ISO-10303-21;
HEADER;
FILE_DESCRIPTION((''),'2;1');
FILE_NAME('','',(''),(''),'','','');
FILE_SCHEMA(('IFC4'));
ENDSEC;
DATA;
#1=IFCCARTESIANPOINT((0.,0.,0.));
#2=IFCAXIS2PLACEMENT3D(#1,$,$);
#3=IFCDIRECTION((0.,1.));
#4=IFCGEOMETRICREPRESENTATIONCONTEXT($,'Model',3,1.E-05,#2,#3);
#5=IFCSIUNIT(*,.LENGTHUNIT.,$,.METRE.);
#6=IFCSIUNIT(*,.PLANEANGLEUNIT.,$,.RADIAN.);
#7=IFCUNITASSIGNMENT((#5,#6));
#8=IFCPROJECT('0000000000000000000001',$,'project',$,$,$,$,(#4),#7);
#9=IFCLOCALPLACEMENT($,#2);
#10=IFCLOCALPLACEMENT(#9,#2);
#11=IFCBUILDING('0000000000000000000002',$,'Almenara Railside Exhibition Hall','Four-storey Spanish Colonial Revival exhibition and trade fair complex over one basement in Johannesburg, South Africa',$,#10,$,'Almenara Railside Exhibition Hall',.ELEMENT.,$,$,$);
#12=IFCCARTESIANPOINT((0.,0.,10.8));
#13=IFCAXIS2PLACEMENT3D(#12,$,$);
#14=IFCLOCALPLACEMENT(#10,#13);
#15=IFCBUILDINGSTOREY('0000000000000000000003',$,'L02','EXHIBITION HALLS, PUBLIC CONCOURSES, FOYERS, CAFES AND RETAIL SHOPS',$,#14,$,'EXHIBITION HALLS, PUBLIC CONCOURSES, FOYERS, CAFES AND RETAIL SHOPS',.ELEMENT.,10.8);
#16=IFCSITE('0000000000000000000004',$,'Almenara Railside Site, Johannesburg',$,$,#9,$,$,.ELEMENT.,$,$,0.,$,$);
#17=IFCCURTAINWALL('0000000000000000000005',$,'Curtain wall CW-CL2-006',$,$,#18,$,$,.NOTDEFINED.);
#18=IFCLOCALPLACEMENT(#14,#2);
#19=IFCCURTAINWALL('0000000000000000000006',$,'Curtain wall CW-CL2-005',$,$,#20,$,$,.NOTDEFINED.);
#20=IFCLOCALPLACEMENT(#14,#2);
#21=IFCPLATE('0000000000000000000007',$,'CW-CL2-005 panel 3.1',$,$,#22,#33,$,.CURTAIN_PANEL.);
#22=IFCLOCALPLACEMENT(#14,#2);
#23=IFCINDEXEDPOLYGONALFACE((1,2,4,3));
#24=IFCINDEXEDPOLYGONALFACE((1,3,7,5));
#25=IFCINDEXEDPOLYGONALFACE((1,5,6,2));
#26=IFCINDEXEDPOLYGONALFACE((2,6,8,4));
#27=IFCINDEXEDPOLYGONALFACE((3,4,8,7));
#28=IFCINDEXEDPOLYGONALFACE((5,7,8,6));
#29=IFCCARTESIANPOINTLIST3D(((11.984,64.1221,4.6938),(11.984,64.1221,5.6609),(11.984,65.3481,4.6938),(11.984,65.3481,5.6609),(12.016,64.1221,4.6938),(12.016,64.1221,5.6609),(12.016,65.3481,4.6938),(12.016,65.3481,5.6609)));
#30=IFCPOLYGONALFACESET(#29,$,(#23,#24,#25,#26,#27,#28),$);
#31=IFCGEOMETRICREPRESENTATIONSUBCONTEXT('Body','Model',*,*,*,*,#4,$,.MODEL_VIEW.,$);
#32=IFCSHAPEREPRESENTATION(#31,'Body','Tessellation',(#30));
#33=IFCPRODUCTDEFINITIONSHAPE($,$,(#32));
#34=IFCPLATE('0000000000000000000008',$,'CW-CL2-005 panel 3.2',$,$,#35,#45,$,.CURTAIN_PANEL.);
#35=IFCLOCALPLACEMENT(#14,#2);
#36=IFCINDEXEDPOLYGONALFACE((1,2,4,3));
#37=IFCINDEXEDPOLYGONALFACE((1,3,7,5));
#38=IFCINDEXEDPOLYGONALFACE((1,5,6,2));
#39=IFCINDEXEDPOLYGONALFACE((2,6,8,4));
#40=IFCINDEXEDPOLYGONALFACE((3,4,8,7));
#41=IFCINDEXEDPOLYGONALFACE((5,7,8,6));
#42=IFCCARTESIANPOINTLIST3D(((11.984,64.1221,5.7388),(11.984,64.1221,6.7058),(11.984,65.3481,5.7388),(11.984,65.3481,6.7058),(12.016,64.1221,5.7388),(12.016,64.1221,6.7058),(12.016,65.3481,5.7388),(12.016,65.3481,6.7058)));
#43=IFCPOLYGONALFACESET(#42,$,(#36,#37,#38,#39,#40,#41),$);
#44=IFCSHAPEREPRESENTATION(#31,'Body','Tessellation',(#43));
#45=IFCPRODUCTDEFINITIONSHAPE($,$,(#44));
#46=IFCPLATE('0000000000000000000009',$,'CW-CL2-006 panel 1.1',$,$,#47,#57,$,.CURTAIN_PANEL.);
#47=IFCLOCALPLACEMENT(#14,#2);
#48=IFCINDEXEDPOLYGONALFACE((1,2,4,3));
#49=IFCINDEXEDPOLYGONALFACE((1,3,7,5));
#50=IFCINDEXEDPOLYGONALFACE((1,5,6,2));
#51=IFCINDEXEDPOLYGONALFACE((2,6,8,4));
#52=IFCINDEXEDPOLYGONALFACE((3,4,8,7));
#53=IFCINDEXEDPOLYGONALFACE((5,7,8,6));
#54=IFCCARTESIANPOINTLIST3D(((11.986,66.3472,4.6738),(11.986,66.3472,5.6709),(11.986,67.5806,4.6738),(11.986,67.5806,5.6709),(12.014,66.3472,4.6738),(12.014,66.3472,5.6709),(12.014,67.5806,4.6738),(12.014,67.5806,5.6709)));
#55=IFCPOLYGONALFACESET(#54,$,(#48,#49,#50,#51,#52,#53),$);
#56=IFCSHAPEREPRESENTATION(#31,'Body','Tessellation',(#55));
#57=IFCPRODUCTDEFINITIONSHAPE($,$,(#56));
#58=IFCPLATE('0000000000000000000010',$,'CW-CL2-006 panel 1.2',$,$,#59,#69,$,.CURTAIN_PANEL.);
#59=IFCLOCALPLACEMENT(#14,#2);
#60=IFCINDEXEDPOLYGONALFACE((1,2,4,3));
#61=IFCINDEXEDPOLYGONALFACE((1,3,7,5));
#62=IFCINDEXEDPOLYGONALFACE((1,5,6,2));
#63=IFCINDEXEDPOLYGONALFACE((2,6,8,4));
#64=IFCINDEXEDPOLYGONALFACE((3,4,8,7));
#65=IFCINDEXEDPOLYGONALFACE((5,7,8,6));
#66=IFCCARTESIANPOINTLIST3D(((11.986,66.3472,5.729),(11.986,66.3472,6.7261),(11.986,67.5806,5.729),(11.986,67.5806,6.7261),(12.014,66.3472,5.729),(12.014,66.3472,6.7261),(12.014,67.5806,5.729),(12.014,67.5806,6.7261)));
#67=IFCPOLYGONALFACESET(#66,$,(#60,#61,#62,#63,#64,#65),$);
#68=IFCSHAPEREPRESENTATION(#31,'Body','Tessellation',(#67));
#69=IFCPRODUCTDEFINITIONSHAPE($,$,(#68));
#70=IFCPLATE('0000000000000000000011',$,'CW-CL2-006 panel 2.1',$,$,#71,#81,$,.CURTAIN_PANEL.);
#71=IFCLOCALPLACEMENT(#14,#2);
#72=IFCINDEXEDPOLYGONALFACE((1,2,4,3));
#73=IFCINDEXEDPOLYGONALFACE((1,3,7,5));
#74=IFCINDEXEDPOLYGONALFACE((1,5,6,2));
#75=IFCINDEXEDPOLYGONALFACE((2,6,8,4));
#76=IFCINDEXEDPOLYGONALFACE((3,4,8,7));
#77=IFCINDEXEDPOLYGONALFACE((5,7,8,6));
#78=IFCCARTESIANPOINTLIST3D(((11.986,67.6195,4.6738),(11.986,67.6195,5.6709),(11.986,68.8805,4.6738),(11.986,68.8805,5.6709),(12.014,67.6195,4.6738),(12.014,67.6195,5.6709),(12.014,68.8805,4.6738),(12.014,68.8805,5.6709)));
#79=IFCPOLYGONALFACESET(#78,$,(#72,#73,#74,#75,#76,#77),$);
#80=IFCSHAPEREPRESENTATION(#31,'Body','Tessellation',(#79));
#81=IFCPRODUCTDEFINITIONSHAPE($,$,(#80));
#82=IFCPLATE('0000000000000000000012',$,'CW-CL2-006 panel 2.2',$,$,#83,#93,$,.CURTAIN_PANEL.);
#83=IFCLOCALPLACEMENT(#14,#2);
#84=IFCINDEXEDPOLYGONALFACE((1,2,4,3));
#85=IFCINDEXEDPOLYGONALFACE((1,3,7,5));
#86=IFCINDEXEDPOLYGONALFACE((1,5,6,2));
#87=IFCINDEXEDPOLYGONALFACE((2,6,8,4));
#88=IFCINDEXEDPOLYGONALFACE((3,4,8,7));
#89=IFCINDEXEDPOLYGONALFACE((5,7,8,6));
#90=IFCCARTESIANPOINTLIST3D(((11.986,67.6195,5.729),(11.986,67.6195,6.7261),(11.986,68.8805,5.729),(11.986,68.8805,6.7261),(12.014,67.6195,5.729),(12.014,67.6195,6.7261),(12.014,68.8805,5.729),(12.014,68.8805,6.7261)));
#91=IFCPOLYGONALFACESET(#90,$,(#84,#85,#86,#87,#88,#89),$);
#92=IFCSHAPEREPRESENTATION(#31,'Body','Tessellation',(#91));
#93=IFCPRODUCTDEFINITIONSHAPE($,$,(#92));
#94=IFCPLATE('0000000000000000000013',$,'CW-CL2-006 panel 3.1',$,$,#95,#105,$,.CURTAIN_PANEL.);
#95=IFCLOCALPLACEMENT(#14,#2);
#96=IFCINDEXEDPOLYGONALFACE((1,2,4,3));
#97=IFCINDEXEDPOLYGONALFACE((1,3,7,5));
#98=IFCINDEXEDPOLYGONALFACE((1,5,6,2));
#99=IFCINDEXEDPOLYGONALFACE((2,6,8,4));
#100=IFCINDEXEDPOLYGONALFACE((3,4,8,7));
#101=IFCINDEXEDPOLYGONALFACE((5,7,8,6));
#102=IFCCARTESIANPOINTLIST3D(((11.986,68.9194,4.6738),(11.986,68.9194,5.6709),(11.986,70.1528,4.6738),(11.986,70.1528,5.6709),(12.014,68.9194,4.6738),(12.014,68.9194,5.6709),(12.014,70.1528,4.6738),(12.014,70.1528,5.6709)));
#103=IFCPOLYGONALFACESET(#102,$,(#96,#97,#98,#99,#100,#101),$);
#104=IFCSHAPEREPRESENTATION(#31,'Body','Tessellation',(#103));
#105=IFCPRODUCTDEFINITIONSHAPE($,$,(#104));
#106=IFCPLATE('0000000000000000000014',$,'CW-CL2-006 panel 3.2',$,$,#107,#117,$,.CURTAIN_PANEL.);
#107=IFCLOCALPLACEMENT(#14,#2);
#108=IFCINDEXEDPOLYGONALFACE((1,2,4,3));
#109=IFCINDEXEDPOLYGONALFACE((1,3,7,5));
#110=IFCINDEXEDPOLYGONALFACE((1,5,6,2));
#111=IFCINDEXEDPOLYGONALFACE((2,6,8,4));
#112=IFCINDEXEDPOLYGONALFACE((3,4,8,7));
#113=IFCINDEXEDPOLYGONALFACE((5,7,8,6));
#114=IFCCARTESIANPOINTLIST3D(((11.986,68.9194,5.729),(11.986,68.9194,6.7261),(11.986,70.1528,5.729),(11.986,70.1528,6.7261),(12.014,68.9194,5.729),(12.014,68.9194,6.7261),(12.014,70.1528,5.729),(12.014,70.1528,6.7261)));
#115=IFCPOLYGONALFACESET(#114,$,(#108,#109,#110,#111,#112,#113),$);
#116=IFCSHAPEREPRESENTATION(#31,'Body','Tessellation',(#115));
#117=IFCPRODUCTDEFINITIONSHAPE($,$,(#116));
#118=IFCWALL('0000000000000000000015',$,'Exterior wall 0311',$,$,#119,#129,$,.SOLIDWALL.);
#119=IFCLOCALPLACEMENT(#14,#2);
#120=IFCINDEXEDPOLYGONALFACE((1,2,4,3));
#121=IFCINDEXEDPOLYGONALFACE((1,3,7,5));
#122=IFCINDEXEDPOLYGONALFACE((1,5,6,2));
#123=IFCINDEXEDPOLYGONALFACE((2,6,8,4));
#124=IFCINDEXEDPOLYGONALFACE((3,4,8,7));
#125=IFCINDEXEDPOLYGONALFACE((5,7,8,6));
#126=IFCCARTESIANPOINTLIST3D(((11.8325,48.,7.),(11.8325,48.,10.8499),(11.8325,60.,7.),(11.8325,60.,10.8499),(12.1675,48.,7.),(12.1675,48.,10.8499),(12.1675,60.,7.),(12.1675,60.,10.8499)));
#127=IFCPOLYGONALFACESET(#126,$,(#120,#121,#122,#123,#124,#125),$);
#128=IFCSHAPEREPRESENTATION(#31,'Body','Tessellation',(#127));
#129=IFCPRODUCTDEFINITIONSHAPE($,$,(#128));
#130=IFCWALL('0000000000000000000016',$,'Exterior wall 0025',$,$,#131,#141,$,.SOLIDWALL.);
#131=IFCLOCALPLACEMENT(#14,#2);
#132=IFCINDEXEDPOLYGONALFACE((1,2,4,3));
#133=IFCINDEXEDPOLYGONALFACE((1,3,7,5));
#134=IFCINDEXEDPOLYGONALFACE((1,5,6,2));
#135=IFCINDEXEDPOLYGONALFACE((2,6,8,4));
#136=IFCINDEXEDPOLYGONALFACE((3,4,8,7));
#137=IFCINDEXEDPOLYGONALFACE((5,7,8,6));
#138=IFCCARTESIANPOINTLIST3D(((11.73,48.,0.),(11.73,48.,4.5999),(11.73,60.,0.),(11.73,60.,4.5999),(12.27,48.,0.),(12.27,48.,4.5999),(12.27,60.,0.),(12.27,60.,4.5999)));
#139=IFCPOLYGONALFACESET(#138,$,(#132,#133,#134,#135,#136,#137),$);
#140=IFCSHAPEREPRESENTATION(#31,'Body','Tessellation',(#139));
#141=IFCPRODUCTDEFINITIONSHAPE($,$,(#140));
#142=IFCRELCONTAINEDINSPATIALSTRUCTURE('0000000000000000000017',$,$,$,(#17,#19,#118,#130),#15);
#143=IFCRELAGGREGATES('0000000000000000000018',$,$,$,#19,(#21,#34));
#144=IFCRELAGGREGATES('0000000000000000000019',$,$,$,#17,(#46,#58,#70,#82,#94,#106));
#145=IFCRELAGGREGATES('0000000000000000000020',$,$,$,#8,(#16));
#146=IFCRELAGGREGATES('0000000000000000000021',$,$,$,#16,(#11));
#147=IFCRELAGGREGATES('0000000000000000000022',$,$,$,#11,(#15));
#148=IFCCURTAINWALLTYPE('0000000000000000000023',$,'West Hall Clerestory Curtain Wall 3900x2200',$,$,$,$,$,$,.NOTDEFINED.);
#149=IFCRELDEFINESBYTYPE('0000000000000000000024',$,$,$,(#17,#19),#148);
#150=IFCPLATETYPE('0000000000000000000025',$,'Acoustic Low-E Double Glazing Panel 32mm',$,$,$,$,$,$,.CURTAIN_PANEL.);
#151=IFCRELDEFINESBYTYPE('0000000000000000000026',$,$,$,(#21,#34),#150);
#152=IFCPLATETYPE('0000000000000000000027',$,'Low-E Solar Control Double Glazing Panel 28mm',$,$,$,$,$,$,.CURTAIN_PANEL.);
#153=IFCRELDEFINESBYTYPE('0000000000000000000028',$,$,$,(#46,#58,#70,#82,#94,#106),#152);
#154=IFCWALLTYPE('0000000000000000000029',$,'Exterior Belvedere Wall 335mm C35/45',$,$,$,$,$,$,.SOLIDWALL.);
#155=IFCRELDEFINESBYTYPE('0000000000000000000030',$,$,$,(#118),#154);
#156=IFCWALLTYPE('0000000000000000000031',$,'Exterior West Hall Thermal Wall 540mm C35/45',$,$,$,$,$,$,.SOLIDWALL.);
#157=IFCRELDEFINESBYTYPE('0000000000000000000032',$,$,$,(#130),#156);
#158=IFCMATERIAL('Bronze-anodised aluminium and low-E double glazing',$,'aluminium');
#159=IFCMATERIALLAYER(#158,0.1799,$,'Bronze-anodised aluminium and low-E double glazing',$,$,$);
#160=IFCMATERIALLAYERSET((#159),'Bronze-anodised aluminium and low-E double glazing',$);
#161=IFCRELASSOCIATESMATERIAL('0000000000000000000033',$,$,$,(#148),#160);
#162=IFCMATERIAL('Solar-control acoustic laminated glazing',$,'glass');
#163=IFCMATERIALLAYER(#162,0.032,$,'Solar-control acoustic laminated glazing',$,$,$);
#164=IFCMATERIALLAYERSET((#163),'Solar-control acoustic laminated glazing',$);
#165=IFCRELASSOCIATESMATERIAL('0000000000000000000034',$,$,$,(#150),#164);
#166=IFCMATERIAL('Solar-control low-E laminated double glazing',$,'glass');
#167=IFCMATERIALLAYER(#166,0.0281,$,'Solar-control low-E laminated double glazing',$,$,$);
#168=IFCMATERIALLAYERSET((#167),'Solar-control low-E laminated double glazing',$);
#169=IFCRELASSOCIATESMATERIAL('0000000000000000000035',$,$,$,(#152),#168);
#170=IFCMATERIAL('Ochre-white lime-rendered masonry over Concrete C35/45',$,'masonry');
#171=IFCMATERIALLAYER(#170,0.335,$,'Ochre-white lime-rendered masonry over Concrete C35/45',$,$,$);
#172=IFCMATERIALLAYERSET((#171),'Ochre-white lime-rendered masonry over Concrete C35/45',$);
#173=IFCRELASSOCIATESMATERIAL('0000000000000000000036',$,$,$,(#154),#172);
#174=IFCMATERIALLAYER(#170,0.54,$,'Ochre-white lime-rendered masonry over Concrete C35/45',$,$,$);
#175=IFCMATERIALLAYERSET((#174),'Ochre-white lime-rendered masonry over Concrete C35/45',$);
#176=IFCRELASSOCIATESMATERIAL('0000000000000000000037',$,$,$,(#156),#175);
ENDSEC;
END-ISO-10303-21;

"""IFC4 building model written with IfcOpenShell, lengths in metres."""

from ifc_helpers import new_model, si_unit, direction, frame, frame_2d, origin, origin_2d, place, context, subcontext, project, spatial, rectangle, extrude, material, layer, layer_set, type_object, element, aggregate, save


model = new_model("IFC4")

# Units and contexts
model_context = context("Model", 3, precision=1e-05, world=origin(), true_north=direction((0.0, 1.0)))
body_context = subcontext(model_context, "Body", "Model", "MODEL_VIEW")
ifc_project = project(units=[si_unit("LENGTHUNIT", "METRE"), si_unit("PLANEANGLEUNIT", "RADIAN")], contexts=[model_context])

# Site, building, storey
site_placement = place(None, origin())
site = spatial("IfcSite", under=ifc_project, at=site_placement, Name="Almenara Railside Site, Johannesburg", CompositionType="ELEMENT", RefElevation=0.0)
building_placement = place(site_placement, origin())
building = spatial("IfcBuilding", under=site, at=building_placement, Name="Almenara Railside Exhibition Hall", Description="Four-storey Spanish Colonial Revival exhibition and trade fair complex over one basement in Johannesburg, South Africa", LongName="Almenara Railside Exhibition Hall", CompositionType="ELEMENT")
storey_placement = place(building_placement, frame((0.0, 0.0, 10.8)))
storey = spatial("IfcBuildingStorey", under=building, at=storey_placement, Name="L02", Description="EXHIBITION HALLS, PUBLIC CONCOURSES, FOYERS, CAFES AND RETAIL SHOPS", LongName="EXHIBITION HALLS, PUBLIC CONCOURSES, FOYERS, CAFES AND RETAIL SHOPS", CompositionType="ELEMENT", Elevation=10.8)

# Curtain walls
ifc_material_1 = material(Name="Bronze-anodised aluminium and low-E double glazing", Category="aluminium")
ifc_layer_1 = layer(ifc_material_1, 0.1799, Name="Bronze-anodised aluminium and low-E double glazing")
ifc_layer_set_1 = layer_set([ifc_layer_1], Name="Bronze-anodised aluminium and low-E double glazing")
curtain_wall_type = type_object("IfcCurtainWallType", Name="West Hall Clerestory Curtain Wall 3900x2200", PredefinedType="NOTDEFINED", material=ifc_layer_set_1)
curtain_wall_1_placement = place(storey_placement, origin())
curtain_wall_1 = element("IfcCurtainWall", 1, at=curtain_wall_1_placement, inside=storey, type_object=curtain_wall_type, Name="Curtain wall CW-CL2-006", PredefinedType="NOTDEFINED")
curtain_wall_2_placement = place(storey_placement, origin())
curtain_wall_2 = element("IfcCurtainWall", 2, at=curtain_wall_2_placement, inside=storey, type_object=curtain_wall_type, Name="Curtain wall CW-CL2-005", PredefinedType="NOTDEFINED")

# Plates
ifc_material_2 = material(Name="Solar-control acoustic laminated glazing", Category="glass")
ifc_layer_2 = layer(ifc_material_2, 0.032, Name="Solar-control acoustic laminated glazing")
ifc_layer_set_2 = layer_set([ifc_layer_2], Name="Solar-control acoustic laminated glazing")
plate_type_1 = type_object("IfcPlateType", Name="Acoustic Low-E Double Glazing Panel 32mm", PredefinedType="CURTAIN_PANEL", material=ifc_layer_set_2)
plate_1_placement = place(storey_placement, frame((12.0, 64.7351, 4.6938), z_axis=(0.0, 0.0, 1.0), x_axis=(0.0, 1.0, 0.0)))
plate_1 = element("IfcPlate", 3, at=plate_1_placement, type_object=plate_type_1, Name="CW-CL2-005 panel 3.1", PredefinedType="CURTAIN_PANEL", context=body_context, shape_type="SweptSolid", body=[
    extrude(rectangle(XDim=1.2261, YDim=0.032, at=origin_2d()), origin(), (0.0, 0.0, 1.0), 0.967),
])
plate_2_placement = place(storey_placement, frame((12.0, 64.7351, 5.7388), z_axis=(0.0, 0.0, 1.0), x_axis=(0.0, 1.0, 0.0)))
plate_2 = element("IfcPlate", 4, at=plate_2_placement, type_object=plate_type_1, Name="CW-CL2-005 panel 3.2", PredefinedType="CURTAIN_PANEL", context=body_context, shape_type="SweptSolid", body=[
    extrude(rectangle(XDim=1.2261, YDim=0.032, at=origin_2d()), origin(), (0.0, 0.0, 1.0), 0.967),
])
aggregate(curtain_wall_2, [plate_1, plate_2])
ifc_material_3 = material(Name="Solar-control low-E laminated double glazing", Category="glass")
ifc_layer_3 = layer(ifc_material_3, 0.0281, Name="Solar-control low-E laminated double glazing")
ifc_layer_set_3 = layer_set([ifc_layer_3], Name="Solar-control low-E laminated double glazing")
plate_type_2 = type_object("IfcPlateType", Name="Low-E Solar Control Double Glazing Panel 28mm", PredefinedType="CURTAIN_PANEL", material=ifc_layer_set_3)
plate_3_placement = place(storey_placement, frame((12.0, 66.9639, 4.6738), z_axis=(0.0, 0.0, 1.0), x_axis=(0.0, 1.0, 0.0)))
plate_3 = element("IfcPlate", 5, at=plate_3_placement, type_object=plate_type_2, Name="CW-CL2-006 panel 1.1", PredefinedType="CURTAIN_PANEL", context=body_context, shape_type="SweptSolid", body=[
    extrude(rectangle(XDim=1.2334, YDim=0.0281, at=origin_2d()), origin(), (0.0, 0.0, 1.0), 0.9971),
])
plate_4_placement = place(storey_placement, frame((12.0, 66.9639, 5.729), z_axis=(0.0, 0.0, 1.0), x_axis=(0.0, 1.0, 0.0)))
plate_4 = element("IfcPlate", 6, at=plate_4_placement, type_object=plate_type_2, Name="CW-CL2-006 panel 1.2", PredefinedType="CURTAIN_PANEL", context=body_context, shape_type="SweptSolid", body=[
    extrude(rectangle(XDim=1.2334, YDim=0.0281, at=origin_2d()), origin(), (0.0, 0.0, 1.0), 0.9971),
])
plate_5_placement = place(storey_placement, frame((12.0, 68.25, 4.6738), z_axis=(0.0, 0.0, 1.0), x_axis=(0.0, 1.0, 0.0)))
plate_5 = element("IfcPlate", 7, at=plate_5_placement, type_object=plate_type_2, Name="CW-CL2-006 panel 2.1", PredefinedType="CURTAIN_PANEL", context=body_context, shape_type="SweptSolid", body=[
    extrude(rectangle(XDim=1.261, YDim=0.0281, at=origin_2d()), origin(), (0.0, 0.0, 1.0), 0.9971),
])
plate_6_placement = place(storey_placement, frame((12.0, 68.25, 5.729), z_axis=(0.0, 0.0, 1.0), x_axis=(0.0, 1.0, 0.0)))
plate_6 = element("IfcPlate", 8, at=plate_6_placement, type_object=plate_type_2, Name="CW-CL2-006 panel 2.2", PredefinedType="CURTAIN_PANEL", context=body_context, shape_type="SweptSolid", body=[
    extrude(rectangle(XDim=1.261, YDim=0.0281, at=origin_2d()), origin(), (0.0, 0.0, 1.0), 0.9971),
])
plate_7_placement = place(storey_placement, frame((12.0, 69.5361, 4.6738), z_axis=(0.0, 0.0, 1.0), x_axis=(0.0, 1.0, 0.0)))
plate_7 = element("IfcPlate", 9, at=plate_7_placement, type_object=plate_type_2, Name="CW-CL2-006 panel 3.1", PredefinedType="CURTAIN_PANEL", context=body_context, shape_type="SweptSolid", body=[
    extrude(rectangle(XDim=1.2334, YDim=0.0281, at=origin_2d()), origin(), (0.0, 0.0, 1.0), 0.9971),
])
plate_8_placement = place(storey_placement, frame((12.0, 69.5361, 5.729), z_axis=(0.0, 0.0, 1.0), x_axis=(0.0, 1.0, 0.0)))
plate_8 = element("IfcPlate", 10, at=plate_8_placement, type_object=plate_type_2, Name="CW-CL2-006 panel 3.2", PredefinedType="CURTAIN_PANEL", context=body_context, shape_type="SweptSolid", body=[
    extrude(rectangle(XDim=1.2334, YDim=0.0281, at=origin_2d()), origin(), (0.0, 0.0, 1.0), 0.9971),
])
aggregate(curtain_wall_1, [plate_3, plate_4, plate_5, plate_6, plate_7, plate_8])

# Walls
ifc_material_4 = material(Name="Ochre-white lime-rendered masonry over Concrete C35/45", Category="masonry")
ifc_layer_4 = layer(ifc_material_4, 0.335, Name="Ochre-white lime-rendered masonry over Concrete C35/45")
ifc_layer_set_4 = layer_set([ifc_layer_4], Name="Ochre-white lime-rendered masonry over Concrete C35/45")
wall_type_1 = type_object("IfcWallType", Name="Exterior Belvedere Wall 335mm C35/45", PredefinedType="SOLIDWALL", material=ifc_layer_set_4)
wall_1_placement = place(storey_placement, frame((12.0, 60.0, 7.0), z_axis=(0.0, 0.0, 1.0), x_axis=(0.0, -1.0, 0.0)))
element("IfcWall", 11, at=wall_1_placement, inside=storey, type_object=wall_type_1, Name="Exterior wall 0311", PredefinedType="SOLIDWALL", context=body_context, shape_type="SweptSolid", body=[
    extrude(rectangle(XDim=12.0, YDim=0.335, at=frame_2d((6.0, 0.0))), origin(), (0.0, 0.0, 1.0), 3.8499),
])
ifc_layer_5 = layer(ifc_material_4, 0.54, Name="Ochre-white lime-rendered masonry over Concrete C35/45")
ifc_layer_set_5 = layer_set([ifc_layer_5], Name="Ochre-white lime-rendered masonry over Concrete C35/45")
wall_type_2 = type_object("IfcWallType", Name="Exterior West Hall Thermal Wall 540mm C35/45", PredefinedType="SOLIDWALL", material=ifc_layer_set_5)
wall_2_placement = place(storey_placement, frame((12.0, 60.0, 0.0), z_axis=(0.0, 0.0, 1.0), x_axis=(0.0, -1.0, 0.0)))
element("IfcWall", 12, at=wall_2_placement, inside=storey, type_object=wall_type_2, Name="Exterior wall 0025", PredefinedType="SOLIDWALL", context=body_context, shape_type="SweptSolid", body=[
    extrude(rectangle(XDim=12.0, YDim=0.54, at=frame_2d((6.0, 0.0))), origin(), (0.0, 0.0, 1.0), 4.5999),
])

save(model, "model.ifc")
